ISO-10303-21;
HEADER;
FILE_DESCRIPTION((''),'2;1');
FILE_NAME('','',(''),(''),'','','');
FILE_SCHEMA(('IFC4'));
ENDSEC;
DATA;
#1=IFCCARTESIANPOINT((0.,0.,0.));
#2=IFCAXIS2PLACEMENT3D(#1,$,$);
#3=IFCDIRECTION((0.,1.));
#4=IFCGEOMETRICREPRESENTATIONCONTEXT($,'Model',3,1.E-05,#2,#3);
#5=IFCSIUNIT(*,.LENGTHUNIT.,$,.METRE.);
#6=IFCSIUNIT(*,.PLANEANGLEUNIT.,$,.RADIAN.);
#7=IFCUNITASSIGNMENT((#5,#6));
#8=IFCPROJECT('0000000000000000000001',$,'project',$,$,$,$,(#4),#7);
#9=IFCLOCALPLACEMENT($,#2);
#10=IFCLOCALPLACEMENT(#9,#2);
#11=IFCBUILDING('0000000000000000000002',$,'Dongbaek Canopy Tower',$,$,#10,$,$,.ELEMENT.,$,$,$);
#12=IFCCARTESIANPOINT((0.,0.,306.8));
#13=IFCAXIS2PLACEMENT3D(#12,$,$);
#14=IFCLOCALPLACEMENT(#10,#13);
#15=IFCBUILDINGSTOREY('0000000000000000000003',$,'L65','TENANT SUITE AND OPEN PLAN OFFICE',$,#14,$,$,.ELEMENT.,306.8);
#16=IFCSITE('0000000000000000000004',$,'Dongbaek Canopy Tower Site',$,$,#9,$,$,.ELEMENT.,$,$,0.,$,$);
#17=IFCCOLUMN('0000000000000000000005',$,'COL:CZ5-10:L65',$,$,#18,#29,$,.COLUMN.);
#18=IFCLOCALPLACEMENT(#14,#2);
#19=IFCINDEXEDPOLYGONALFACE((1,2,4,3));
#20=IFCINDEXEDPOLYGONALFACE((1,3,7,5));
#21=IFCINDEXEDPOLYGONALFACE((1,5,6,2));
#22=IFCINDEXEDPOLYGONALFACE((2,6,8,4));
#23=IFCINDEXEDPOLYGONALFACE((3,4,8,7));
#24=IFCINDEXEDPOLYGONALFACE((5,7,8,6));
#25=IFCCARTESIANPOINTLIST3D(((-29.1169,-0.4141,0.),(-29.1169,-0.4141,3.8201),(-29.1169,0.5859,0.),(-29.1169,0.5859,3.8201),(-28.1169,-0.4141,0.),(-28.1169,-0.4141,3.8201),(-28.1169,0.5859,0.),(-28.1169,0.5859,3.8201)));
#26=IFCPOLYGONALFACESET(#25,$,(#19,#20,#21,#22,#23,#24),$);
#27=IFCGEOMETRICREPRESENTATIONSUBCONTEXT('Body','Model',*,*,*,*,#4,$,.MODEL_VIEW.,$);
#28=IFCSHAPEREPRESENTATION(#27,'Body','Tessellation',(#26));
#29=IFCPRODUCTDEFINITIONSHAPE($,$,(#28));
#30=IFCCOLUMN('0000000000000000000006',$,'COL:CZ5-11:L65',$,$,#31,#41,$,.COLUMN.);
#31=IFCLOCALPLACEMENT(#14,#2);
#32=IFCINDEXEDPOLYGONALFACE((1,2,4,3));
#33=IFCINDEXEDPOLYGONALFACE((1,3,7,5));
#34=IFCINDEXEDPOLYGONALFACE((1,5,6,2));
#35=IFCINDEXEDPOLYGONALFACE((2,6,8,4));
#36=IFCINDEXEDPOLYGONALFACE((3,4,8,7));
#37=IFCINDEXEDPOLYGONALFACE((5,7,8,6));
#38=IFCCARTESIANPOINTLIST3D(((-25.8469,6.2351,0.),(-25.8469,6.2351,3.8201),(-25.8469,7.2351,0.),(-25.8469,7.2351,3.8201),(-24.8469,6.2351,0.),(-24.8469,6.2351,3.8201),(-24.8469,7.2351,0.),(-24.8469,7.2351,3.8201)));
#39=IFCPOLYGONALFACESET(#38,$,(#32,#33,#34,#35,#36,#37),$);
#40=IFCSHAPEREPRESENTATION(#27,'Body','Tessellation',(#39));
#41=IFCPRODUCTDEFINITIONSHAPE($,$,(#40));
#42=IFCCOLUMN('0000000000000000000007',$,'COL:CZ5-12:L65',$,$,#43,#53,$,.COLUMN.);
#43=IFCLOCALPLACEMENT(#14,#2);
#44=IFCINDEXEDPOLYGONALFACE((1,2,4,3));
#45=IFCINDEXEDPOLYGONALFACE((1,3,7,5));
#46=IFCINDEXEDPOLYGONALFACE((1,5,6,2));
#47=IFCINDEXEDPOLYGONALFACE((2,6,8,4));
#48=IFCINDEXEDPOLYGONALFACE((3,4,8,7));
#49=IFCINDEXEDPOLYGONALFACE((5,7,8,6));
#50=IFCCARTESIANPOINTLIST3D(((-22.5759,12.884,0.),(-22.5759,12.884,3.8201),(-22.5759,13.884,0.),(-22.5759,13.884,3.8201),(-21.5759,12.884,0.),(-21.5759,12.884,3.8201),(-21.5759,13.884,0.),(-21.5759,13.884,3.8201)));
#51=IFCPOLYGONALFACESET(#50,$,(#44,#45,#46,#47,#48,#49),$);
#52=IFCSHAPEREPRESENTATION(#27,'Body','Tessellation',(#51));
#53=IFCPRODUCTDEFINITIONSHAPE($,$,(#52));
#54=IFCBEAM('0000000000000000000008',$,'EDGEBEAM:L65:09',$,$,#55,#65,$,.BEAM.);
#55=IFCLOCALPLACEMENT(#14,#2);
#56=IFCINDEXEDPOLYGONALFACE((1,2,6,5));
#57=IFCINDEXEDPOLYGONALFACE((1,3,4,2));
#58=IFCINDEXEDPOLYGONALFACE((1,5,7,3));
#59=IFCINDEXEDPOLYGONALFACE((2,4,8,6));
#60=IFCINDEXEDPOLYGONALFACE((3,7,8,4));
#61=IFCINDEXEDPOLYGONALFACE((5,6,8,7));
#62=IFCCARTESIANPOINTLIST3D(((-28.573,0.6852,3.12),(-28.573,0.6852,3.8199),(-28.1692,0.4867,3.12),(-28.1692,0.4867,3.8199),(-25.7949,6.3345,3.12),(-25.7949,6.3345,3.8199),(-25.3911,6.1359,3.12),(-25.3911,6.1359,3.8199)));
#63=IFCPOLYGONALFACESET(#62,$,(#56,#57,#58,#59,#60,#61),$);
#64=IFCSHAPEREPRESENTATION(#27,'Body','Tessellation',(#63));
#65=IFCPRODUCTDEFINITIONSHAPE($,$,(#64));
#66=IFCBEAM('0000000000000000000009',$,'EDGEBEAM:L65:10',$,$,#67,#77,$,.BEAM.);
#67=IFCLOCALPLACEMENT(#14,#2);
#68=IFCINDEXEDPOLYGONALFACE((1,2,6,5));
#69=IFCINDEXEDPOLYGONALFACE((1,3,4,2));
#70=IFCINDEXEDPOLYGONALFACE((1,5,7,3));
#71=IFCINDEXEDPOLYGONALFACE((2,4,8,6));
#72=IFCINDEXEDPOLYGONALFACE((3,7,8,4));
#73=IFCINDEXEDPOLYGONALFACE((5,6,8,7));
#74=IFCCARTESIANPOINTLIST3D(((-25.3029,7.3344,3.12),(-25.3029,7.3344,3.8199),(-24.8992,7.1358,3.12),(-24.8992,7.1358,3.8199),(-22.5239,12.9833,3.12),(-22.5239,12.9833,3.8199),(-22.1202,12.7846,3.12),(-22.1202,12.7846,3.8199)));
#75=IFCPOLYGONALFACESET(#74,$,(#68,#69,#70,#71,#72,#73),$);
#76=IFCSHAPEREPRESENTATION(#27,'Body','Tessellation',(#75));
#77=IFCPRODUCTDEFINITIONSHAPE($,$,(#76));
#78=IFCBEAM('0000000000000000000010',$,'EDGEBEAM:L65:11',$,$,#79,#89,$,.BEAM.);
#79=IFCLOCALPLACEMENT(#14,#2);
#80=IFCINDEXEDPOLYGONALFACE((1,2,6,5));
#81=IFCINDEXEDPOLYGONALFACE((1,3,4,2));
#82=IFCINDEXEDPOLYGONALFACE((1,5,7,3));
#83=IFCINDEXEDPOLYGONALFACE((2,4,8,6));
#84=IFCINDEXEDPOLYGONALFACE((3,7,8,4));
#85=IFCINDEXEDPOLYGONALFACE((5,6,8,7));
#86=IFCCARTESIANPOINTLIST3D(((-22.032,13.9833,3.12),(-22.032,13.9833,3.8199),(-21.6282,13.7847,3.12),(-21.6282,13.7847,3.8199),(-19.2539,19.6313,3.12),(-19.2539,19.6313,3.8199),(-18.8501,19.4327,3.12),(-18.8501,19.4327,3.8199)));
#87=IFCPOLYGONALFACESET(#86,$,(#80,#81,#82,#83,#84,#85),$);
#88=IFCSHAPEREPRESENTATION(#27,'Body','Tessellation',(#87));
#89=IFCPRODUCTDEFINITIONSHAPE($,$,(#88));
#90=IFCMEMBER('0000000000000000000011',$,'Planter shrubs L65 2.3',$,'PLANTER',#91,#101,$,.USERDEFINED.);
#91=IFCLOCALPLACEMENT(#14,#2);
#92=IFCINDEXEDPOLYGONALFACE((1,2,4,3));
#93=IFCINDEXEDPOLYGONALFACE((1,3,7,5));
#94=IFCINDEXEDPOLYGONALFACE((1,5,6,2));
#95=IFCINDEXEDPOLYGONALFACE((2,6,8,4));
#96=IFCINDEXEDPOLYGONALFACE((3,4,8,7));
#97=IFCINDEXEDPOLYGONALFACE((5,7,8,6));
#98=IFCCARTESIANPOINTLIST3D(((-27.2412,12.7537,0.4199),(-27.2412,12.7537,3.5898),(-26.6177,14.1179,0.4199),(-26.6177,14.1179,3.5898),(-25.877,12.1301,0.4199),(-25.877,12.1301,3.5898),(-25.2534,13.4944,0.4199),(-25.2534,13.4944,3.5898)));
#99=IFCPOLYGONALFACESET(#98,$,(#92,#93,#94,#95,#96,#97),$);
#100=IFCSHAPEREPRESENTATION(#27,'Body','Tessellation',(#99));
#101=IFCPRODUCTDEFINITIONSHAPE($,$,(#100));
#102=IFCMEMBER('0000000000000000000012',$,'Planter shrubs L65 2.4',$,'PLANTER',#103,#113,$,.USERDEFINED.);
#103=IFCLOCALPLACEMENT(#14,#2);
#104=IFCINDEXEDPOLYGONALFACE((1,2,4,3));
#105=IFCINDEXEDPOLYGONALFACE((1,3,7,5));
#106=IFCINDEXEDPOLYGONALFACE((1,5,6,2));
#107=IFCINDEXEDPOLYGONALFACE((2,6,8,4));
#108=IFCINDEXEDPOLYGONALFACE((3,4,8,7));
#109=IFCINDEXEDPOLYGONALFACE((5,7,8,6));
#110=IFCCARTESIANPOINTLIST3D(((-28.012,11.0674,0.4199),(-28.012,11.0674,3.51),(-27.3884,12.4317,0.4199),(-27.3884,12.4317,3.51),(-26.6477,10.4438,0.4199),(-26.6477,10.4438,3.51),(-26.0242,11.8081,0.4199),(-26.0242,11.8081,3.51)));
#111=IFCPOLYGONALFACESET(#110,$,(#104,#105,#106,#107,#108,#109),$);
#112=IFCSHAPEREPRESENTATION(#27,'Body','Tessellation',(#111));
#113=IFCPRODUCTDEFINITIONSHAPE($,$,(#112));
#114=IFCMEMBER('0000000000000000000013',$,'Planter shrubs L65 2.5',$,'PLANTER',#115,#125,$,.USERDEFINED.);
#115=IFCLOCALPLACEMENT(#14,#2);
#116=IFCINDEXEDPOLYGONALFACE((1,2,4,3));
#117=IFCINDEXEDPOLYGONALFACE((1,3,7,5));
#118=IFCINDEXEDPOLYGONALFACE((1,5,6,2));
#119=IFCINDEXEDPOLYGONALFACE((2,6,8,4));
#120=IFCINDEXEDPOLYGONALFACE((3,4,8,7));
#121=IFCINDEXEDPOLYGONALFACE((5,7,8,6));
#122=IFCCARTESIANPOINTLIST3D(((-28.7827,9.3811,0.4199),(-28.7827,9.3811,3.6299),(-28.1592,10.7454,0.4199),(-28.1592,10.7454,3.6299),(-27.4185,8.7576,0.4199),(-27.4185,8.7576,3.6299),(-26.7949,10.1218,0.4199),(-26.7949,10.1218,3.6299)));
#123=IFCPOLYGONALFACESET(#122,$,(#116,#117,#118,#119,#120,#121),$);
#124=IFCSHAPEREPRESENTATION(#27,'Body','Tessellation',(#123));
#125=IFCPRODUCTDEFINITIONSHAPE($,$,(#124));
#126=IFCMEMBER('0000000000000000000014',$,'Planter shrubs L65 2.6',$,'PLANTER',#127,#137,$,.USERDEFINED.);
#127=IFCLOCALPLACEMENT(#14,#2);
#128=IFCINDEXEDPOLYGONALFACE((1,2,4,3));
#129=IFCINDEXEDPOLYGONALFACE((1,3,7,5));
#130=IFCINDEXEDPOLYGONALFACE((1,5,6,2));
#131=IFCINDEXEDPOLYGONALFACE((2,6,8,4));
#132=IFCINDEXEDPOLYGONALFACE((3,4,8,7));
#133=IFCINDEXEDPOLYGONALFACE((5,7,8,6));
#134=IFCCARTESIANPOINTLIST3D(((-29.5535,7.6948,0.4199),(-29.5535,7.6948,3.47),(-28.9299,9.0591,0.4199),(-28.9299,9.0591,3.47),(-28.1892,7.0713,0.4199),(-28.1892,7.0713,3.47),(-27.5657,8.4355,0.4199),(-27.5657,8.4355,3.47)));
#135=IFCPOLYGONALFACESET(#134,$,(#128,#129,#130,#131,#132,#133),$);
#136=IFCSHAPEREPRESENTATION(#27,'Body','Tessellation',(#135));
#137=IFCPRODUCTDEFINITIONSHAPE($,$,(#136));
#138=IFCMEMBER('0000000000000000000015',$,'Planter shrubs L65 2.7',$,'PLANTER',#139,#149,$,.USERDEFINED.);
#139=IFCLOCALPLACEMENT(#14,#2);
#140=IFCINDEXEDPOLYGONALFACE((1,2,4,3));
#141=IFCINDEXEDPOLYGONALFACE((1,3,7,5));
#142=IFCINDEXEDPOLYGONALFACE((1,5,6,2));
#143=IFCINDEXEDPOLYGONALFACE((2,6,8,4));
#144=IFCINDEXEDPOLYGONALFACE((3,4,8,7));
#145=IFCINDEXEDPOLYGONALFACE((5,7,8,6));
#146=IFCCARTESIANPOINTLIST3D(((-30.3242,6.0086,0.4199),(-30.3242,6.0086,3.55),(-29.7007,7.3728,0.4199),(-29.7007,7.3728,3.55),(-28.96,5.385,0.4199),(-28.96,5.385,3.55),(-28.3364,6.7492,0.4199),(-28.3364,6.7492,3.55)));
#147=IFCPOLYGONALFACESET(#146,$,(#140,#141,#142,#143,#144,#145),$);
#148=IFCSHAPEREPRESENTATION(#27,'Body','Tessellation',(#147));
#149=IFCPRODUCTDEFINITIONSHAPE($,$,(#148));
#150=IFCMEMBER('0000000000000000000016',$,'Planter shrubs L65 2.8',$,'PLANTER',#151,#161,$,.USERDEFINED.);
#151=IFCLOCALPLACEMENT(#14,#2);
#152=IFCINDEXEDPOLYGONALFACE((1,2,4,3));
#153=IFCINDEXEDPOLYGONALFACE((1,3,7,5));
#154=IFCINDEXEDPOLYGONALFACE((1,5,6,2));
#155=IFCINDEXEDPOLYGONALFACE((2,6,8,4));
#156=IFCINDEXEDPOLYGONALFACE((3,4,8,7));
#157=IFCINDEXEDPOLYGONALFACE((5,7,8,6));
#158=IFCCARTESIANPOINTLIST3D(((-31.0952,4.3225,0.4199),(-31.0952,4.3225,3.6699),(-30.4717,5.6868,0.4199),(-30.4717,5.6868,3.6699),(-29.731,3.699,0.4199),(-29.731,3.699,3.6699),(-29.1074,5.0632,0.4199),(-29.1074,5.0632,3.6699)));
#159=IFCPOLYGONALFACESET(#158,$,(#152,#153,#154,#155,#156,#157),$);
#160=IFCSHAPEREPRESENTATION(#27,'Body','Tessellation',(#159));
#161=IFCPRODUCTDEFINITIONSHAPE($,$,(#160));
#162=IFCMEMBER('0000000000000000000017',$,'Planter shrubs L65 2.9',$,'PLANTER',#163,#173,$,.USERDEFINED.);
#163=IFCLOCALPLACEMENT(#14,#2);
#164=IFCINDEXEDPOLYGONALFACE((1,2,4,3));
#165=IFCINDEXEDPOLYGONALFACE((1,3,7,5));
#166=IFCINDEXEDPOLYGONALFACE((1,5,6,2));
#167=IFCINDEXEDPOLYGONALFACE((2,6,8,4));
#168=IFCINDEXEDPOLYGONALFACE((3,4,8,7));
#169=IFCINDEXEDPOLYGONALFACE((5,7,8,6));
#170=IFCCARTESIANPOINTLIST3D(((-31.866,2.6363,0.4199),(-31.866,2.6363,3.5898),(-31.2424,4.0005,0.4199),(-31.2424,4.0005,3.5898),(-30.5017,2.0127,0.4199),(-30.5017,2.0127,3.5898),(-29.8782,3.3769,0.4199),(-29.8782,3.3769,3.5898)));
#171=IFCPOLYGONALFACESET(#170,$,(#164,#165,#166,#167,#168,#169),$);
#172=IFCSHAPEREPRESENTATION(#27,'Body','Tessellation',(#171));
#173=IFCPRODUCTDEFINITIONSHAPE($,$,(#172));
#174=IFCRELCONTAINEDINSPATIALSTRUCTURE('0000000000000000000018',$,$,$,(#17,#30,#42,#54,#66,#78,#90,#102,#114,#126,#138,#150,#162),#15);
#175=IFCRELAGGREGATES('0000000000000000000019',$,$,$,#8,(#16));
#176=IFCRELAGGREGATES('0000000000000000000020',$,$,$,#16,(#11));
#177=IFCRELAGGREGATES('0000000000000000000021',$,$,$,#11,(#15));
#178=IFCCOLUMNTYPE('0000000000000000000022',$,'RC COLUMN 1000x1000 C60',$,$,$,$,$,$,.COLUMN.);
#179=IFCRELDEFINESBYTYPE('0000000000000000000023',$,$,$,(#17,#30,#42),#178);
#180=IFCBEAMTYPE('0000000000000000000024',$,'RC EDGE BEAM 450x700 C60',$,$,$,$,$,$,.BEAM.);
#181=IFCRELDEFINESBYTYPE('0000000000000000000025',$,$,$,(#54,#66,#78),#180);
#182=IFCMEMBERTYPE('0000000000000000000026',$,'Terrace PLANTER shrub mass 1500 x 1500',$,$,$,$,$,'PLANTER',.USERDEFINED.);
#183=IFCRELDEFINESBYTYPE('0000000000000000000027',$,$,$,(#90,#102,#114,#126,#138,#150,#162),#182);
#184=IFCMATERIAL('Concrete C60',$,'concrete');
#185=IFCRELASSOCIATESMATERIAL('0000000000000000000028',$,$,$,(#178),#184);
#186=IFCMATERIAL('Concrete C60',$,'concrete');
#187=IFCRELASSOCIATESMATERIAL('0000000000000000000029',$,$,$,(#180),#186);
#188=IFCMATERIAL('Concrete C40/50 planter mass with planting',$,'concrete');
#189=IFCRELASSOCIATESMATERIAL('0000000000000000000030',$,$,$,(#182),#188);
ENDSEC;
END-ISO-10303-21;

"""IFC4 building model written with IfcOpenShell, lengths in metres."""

from ifc_helpers import new_model, si_unit, direction, frame, origin, origin_2d, place, context, subcontext, project, spatial, rectangle, extrude, material, material_profile, profile_set, type_object, element, save


model = new_model("IFC4")

# Units and contexts
model_context = context("Model", 3, precision=1e-05, world=origin(), true_north=direction((0.0, 1.0)))
body_context = subcontext(model_context, "Body", "Model", "MODEL_VIEW")
ifc_project = project(units=[si_unit("LENGTHUNIT", "METRE"), si_unit("PLANEANGLEUNIT", "RADIAN")], contexts=[model_context])

# Site, building, storey
site_placement = place(None, origin())
site = spatial("IfcSite", under=ifc_project, at=site_placement, Name="Dongbaek Canopy Tower Site", CompositionType="ELEMENT", RefElevation=0.0)
building_placement = place(site_placement, origin())
building = spatial("IfcBuilding", under=site, at=building_placement, Name="Dongbaek Canopy Tower", CompositionType="ELEMENT")
storey_placement = place(building_placement, frame((0.0, 0.0, 306.8)))
storey = spatial("IfcBuildingStorey", under=building, at=storey_placement, Name="L65", Description="TENANT SUITE AND OPEN PLAN OFFICE", CompositionType="ELEMENT", Elevation=306.8)

# Columns
ifc_material_1 = material(Name="Concrete C60", Category="concrete")
ifc_material_profile_1 = material_profile(ifc_material_1, rectangle(XDim=1.0, YDim=1.0, at=origin_2d()), Name="RC COLUMN 1000x1000 C60")
ifc_profile_set_1 = profile_set([ifc_material_profile_1], Name="Concrete C60")
column_type = type_object("IfcColumnType", Name="RC COLUMN 1000x1000 C60", PredefinedType="COLUMN", material=ifc_profile_set_1)
for number, where, z_axis, x_axis, name in (
    (1, (-28.6169, 0.0859, 0.0), (0.0, 0.0, 1.0), (1.0, 0.0, 0.0), "COL:CZ5-10:L65"),
    (2, (-25.3469, 6.7351, 0.0), (0.0, 0.0, 1.0), (1.0, 0.0, 0.0), "COL:CZ5-11:L65"),
    (3, (-22.0759, 13.384, 0.0), (0.0, 0.0, 1.0), (1.0, 0.0, 0.0), "COL:CZ5-12:L65"),
):
    element("IfcColumn", number, at=place(storey_placement, frame(where, z_axis=z_axis, x_axis=x_axis)), inside=storey, type_object=column_type, Name=name, PredefinedType="COLUMN", context=body_context, shape_type="SweptSolid", body=[
        extrude(rectangle(XDim=1.0, YDim=1.0, at=origin_2d()), origin(), (0.0, 0.0, 1.0), 3.8201),
    ])

# Beams
ifc_material_2 = material(Name="Concrete C60", Category="concrete")
ifc_material_profile_2 = material_profile(ifc_material_2, rectangle(XDim=0.45, YDim=0.7, at=origin_2d()), Name="RC EDGE BEAM 450x700 C60")
ifc_profile_set_2 = profile_set([ifc_material_profile_2], Name="Concrete C60")
beam_type = type_object("IfcBeamType", Name="RC EDGE BEAM 450x700 C60", PredefinedType="BEAM", material=ifc_profile_set_2)
for number, where, z_axis, x_axis, name in (
    (4, (-28.3711, 0.5859, 3.47), (0.441294, 0.897363, 0.0), (-0.897363, 0.441294, 0.0), "EDGEBEAM:L65:09"),
    (5, (-25.1011, 7.2351, 3.47), (0.441434, 0.897294, 0.0), (-0.897294, 0.441434, 0.0), "EDGEBEAM:L65:10"),
):
    element("IfcBeam", number, at=place(storey_placement, frame(where, z_axis=z_axis, x_axis=x_axis)), inside=storey, type_object=beam_type, Name=name, PredefinedType="BEAM", context=body_context, shape_type="SweptSolid", body=[
        extrude(rectangle(XDim=0.45, YDim=0.7, at=origin_2d()), origin(), (0.0, 0.0, 1.0), 6.2954),
    ])
beam_placement = place(storey_placement, frame((-21.8301, 13.884, 3.47), z_axis=(0.44137, 0.897325, 0.0), x_axis=(-0.897325, 0.44137, 0.0)))
element("IfcBeam", 6, at=beam_placement, inside=storey, type_object=beam_type, Name="EDGEBEAM:L65:11", PredefinedType="BEAM", context=body_context, shape_type="SweptSolid", body=[
    extrude(rectangle(XDim=0.45, YDim=0.7, at=origin_2d()), origin(), (0.0, 0.0, 1.0), 6.2942),
])

# Members
ifc_material_3 = material(Name="Concrete C40/50 planter mass with planting", Category="concrete")
ifc_material_profile_3 = material_profile(ifc_material_3, rectangle(XDim=1.5, YDim=1.5, at=origin_2d()), Name="Terrace PLANTER shrub mass 1500 x 1500")
ifc_profile_set_3 = profile_set([ifc_material_profile_3], Name="Concrete C40/50 planter mass with planting")
member_type = type_object("IfcMemberType", Name="Terrace PLANTER shrub mass 1500 x 1500", ElementType="PLANTER", PredefinedType="USERDEFINED", material=ifc_profile_set_3)
member_1_placement = place(storey_placement, frame((-26.2473, 13.124, 0.4199), z_axis=(0.0, 0.0, 1.0), x_axis=(-0.909496, 0.415713, 0.0)))
element("IfcMember", 7, at=member_1_placement, inside=storey, type_object=member_type, Name="Planter shrubs L65 2.3", ObjectType="PLANTER", PredefinedType="USERDEFINED", context=body_context, shape_type="SweptSolid", body=[
    extrude(rectangle(XDim=1.5, YDim=1.5, at=origin_2d()), origin(), (0.0, 0.0, 1.0), 3.1699),
])
member_2_placement = place(storey_placement, frame((-27.0181, 11.4377, 0.4199), z_axis=(0.0, 0.0, 1.0), x_axis=(-0.909496, 0.415713, 0.0)))
element("IfcMember", 8, at=member_2_placement, inside=storey, type_object=member_type, Name="Planter shrubs L65 2.4", ObjectType="PLANTER", PredefinedType="USERDEFINED", context=body_context, shape_type="SweptSolid", body=[
    extrude(rectangle(XDim=1.5, YDim=1.5, at=origin_2d()), origin(), (0.0, 0.0, 1.0), 3.0901),
])
member_3_placement = place(storey_placement, frame((-27.7888, 9.7515, 0.4199), z_axis=(0.0, 0.0, 1.0), x_axis=(-0.909496, 0.415713, 0.0)))
element("IfcMember", 9, at=member_3_placement, inside=storey, type_object=member_type, Name="Planter shrubs L65 2.5", ObjectType="PLANTER", PredefinedType="USERDEFINED", context=body_context, shape_type="SweptSolid", body=[
    extrude(rectangle(XDim=1.5, YDim=1.5, at=origin_2d()), origin(), (0.0, 0.0, 1.0), 3.21),
])
member_4_placement = place(storey_placement, frame((-28.5596, 8.0652, 0.4199), z_axis=(0.0, 0.0, 1.0), x_axis=(-0.909496, 0.415713, 0.0)))
element("IfcMember", 10, at=member_4_placement, inside=storey, type_object=member_type, Name="Planter shrubs L65 2.6", ObjectType="PLANTER", PredefinedType="USERDEFINED", context=body_context, shape_type="SweptSolid", body=[
    extrude(rectangle(XDim=1.5, YDim=1.5, at=origin_2d()), origin(), (0.0, 0.0, 1.0), 3.05),
])
member_5_placement = place(storey_placement, frame((-29.3303, 6.3789, 0.4199), z_axis=(0.0, 0.0, 1.0), x_axis=(-0.909496, 0.415713, 0.0)))
element("IfcMember", 11, at=member_5_placement, inside=storey, type_object=member_type, Name="Planter shrubs L65 2.7", ObjectType="PLANTER", PredefinedType="USERDEFINED", context=body_context, shape_type="SweptSolid", body=[
    extrude(rectangle(XDim=1.5, YDim=1.5, at=origin_2d()), origin(), (0.0, 0.0, 1.0), 3.1301),
])
member_6_placement = place(storey_placement, frame((-30.1013, 4.6929, 0.4199), z_axis=(0.0, 0.0, 1.0), x_axis=(-0.909496, 0.415713, 0.0)))
element("IfcMember", 12, at=member_6_placement, inside=storey, type_object=member_type, Name="Planter shrubs L65 2.8", ObjectType="PLANTER", PredefinedType="USERDEFINED", context=body_context, shape_type="SweptSolid", body=[
    extrude(rectangle(XDim=1.5, YDim=1.5, at=origin_2d()), origin(), (0.0, 0.0, 1.0), 3.25),
])
member_7_placement = place(storey_placement, frame((-30.8721, 3.0066, 0.4199), z_axis=(0.0, 0.0, 1.0), x_axis=(-0.909496, 0.415713, 0.0)))
element("IfcMember", 13, at=member_7_placement, inside=storey, type_object=member_type, Name="Planter shrubs L65 2.9", ObjectType="PLANTER", PredefinedType="USERDEFINED", context=body_context, shape_type="SweptSolid", body=[
    extrude(rectangle(XDim=1.5, YDim=1.5, at=origin_2d()), origin(), (0.0, 0.0, 1.0), 3.1699),
])

save(model, "model.ifc")
